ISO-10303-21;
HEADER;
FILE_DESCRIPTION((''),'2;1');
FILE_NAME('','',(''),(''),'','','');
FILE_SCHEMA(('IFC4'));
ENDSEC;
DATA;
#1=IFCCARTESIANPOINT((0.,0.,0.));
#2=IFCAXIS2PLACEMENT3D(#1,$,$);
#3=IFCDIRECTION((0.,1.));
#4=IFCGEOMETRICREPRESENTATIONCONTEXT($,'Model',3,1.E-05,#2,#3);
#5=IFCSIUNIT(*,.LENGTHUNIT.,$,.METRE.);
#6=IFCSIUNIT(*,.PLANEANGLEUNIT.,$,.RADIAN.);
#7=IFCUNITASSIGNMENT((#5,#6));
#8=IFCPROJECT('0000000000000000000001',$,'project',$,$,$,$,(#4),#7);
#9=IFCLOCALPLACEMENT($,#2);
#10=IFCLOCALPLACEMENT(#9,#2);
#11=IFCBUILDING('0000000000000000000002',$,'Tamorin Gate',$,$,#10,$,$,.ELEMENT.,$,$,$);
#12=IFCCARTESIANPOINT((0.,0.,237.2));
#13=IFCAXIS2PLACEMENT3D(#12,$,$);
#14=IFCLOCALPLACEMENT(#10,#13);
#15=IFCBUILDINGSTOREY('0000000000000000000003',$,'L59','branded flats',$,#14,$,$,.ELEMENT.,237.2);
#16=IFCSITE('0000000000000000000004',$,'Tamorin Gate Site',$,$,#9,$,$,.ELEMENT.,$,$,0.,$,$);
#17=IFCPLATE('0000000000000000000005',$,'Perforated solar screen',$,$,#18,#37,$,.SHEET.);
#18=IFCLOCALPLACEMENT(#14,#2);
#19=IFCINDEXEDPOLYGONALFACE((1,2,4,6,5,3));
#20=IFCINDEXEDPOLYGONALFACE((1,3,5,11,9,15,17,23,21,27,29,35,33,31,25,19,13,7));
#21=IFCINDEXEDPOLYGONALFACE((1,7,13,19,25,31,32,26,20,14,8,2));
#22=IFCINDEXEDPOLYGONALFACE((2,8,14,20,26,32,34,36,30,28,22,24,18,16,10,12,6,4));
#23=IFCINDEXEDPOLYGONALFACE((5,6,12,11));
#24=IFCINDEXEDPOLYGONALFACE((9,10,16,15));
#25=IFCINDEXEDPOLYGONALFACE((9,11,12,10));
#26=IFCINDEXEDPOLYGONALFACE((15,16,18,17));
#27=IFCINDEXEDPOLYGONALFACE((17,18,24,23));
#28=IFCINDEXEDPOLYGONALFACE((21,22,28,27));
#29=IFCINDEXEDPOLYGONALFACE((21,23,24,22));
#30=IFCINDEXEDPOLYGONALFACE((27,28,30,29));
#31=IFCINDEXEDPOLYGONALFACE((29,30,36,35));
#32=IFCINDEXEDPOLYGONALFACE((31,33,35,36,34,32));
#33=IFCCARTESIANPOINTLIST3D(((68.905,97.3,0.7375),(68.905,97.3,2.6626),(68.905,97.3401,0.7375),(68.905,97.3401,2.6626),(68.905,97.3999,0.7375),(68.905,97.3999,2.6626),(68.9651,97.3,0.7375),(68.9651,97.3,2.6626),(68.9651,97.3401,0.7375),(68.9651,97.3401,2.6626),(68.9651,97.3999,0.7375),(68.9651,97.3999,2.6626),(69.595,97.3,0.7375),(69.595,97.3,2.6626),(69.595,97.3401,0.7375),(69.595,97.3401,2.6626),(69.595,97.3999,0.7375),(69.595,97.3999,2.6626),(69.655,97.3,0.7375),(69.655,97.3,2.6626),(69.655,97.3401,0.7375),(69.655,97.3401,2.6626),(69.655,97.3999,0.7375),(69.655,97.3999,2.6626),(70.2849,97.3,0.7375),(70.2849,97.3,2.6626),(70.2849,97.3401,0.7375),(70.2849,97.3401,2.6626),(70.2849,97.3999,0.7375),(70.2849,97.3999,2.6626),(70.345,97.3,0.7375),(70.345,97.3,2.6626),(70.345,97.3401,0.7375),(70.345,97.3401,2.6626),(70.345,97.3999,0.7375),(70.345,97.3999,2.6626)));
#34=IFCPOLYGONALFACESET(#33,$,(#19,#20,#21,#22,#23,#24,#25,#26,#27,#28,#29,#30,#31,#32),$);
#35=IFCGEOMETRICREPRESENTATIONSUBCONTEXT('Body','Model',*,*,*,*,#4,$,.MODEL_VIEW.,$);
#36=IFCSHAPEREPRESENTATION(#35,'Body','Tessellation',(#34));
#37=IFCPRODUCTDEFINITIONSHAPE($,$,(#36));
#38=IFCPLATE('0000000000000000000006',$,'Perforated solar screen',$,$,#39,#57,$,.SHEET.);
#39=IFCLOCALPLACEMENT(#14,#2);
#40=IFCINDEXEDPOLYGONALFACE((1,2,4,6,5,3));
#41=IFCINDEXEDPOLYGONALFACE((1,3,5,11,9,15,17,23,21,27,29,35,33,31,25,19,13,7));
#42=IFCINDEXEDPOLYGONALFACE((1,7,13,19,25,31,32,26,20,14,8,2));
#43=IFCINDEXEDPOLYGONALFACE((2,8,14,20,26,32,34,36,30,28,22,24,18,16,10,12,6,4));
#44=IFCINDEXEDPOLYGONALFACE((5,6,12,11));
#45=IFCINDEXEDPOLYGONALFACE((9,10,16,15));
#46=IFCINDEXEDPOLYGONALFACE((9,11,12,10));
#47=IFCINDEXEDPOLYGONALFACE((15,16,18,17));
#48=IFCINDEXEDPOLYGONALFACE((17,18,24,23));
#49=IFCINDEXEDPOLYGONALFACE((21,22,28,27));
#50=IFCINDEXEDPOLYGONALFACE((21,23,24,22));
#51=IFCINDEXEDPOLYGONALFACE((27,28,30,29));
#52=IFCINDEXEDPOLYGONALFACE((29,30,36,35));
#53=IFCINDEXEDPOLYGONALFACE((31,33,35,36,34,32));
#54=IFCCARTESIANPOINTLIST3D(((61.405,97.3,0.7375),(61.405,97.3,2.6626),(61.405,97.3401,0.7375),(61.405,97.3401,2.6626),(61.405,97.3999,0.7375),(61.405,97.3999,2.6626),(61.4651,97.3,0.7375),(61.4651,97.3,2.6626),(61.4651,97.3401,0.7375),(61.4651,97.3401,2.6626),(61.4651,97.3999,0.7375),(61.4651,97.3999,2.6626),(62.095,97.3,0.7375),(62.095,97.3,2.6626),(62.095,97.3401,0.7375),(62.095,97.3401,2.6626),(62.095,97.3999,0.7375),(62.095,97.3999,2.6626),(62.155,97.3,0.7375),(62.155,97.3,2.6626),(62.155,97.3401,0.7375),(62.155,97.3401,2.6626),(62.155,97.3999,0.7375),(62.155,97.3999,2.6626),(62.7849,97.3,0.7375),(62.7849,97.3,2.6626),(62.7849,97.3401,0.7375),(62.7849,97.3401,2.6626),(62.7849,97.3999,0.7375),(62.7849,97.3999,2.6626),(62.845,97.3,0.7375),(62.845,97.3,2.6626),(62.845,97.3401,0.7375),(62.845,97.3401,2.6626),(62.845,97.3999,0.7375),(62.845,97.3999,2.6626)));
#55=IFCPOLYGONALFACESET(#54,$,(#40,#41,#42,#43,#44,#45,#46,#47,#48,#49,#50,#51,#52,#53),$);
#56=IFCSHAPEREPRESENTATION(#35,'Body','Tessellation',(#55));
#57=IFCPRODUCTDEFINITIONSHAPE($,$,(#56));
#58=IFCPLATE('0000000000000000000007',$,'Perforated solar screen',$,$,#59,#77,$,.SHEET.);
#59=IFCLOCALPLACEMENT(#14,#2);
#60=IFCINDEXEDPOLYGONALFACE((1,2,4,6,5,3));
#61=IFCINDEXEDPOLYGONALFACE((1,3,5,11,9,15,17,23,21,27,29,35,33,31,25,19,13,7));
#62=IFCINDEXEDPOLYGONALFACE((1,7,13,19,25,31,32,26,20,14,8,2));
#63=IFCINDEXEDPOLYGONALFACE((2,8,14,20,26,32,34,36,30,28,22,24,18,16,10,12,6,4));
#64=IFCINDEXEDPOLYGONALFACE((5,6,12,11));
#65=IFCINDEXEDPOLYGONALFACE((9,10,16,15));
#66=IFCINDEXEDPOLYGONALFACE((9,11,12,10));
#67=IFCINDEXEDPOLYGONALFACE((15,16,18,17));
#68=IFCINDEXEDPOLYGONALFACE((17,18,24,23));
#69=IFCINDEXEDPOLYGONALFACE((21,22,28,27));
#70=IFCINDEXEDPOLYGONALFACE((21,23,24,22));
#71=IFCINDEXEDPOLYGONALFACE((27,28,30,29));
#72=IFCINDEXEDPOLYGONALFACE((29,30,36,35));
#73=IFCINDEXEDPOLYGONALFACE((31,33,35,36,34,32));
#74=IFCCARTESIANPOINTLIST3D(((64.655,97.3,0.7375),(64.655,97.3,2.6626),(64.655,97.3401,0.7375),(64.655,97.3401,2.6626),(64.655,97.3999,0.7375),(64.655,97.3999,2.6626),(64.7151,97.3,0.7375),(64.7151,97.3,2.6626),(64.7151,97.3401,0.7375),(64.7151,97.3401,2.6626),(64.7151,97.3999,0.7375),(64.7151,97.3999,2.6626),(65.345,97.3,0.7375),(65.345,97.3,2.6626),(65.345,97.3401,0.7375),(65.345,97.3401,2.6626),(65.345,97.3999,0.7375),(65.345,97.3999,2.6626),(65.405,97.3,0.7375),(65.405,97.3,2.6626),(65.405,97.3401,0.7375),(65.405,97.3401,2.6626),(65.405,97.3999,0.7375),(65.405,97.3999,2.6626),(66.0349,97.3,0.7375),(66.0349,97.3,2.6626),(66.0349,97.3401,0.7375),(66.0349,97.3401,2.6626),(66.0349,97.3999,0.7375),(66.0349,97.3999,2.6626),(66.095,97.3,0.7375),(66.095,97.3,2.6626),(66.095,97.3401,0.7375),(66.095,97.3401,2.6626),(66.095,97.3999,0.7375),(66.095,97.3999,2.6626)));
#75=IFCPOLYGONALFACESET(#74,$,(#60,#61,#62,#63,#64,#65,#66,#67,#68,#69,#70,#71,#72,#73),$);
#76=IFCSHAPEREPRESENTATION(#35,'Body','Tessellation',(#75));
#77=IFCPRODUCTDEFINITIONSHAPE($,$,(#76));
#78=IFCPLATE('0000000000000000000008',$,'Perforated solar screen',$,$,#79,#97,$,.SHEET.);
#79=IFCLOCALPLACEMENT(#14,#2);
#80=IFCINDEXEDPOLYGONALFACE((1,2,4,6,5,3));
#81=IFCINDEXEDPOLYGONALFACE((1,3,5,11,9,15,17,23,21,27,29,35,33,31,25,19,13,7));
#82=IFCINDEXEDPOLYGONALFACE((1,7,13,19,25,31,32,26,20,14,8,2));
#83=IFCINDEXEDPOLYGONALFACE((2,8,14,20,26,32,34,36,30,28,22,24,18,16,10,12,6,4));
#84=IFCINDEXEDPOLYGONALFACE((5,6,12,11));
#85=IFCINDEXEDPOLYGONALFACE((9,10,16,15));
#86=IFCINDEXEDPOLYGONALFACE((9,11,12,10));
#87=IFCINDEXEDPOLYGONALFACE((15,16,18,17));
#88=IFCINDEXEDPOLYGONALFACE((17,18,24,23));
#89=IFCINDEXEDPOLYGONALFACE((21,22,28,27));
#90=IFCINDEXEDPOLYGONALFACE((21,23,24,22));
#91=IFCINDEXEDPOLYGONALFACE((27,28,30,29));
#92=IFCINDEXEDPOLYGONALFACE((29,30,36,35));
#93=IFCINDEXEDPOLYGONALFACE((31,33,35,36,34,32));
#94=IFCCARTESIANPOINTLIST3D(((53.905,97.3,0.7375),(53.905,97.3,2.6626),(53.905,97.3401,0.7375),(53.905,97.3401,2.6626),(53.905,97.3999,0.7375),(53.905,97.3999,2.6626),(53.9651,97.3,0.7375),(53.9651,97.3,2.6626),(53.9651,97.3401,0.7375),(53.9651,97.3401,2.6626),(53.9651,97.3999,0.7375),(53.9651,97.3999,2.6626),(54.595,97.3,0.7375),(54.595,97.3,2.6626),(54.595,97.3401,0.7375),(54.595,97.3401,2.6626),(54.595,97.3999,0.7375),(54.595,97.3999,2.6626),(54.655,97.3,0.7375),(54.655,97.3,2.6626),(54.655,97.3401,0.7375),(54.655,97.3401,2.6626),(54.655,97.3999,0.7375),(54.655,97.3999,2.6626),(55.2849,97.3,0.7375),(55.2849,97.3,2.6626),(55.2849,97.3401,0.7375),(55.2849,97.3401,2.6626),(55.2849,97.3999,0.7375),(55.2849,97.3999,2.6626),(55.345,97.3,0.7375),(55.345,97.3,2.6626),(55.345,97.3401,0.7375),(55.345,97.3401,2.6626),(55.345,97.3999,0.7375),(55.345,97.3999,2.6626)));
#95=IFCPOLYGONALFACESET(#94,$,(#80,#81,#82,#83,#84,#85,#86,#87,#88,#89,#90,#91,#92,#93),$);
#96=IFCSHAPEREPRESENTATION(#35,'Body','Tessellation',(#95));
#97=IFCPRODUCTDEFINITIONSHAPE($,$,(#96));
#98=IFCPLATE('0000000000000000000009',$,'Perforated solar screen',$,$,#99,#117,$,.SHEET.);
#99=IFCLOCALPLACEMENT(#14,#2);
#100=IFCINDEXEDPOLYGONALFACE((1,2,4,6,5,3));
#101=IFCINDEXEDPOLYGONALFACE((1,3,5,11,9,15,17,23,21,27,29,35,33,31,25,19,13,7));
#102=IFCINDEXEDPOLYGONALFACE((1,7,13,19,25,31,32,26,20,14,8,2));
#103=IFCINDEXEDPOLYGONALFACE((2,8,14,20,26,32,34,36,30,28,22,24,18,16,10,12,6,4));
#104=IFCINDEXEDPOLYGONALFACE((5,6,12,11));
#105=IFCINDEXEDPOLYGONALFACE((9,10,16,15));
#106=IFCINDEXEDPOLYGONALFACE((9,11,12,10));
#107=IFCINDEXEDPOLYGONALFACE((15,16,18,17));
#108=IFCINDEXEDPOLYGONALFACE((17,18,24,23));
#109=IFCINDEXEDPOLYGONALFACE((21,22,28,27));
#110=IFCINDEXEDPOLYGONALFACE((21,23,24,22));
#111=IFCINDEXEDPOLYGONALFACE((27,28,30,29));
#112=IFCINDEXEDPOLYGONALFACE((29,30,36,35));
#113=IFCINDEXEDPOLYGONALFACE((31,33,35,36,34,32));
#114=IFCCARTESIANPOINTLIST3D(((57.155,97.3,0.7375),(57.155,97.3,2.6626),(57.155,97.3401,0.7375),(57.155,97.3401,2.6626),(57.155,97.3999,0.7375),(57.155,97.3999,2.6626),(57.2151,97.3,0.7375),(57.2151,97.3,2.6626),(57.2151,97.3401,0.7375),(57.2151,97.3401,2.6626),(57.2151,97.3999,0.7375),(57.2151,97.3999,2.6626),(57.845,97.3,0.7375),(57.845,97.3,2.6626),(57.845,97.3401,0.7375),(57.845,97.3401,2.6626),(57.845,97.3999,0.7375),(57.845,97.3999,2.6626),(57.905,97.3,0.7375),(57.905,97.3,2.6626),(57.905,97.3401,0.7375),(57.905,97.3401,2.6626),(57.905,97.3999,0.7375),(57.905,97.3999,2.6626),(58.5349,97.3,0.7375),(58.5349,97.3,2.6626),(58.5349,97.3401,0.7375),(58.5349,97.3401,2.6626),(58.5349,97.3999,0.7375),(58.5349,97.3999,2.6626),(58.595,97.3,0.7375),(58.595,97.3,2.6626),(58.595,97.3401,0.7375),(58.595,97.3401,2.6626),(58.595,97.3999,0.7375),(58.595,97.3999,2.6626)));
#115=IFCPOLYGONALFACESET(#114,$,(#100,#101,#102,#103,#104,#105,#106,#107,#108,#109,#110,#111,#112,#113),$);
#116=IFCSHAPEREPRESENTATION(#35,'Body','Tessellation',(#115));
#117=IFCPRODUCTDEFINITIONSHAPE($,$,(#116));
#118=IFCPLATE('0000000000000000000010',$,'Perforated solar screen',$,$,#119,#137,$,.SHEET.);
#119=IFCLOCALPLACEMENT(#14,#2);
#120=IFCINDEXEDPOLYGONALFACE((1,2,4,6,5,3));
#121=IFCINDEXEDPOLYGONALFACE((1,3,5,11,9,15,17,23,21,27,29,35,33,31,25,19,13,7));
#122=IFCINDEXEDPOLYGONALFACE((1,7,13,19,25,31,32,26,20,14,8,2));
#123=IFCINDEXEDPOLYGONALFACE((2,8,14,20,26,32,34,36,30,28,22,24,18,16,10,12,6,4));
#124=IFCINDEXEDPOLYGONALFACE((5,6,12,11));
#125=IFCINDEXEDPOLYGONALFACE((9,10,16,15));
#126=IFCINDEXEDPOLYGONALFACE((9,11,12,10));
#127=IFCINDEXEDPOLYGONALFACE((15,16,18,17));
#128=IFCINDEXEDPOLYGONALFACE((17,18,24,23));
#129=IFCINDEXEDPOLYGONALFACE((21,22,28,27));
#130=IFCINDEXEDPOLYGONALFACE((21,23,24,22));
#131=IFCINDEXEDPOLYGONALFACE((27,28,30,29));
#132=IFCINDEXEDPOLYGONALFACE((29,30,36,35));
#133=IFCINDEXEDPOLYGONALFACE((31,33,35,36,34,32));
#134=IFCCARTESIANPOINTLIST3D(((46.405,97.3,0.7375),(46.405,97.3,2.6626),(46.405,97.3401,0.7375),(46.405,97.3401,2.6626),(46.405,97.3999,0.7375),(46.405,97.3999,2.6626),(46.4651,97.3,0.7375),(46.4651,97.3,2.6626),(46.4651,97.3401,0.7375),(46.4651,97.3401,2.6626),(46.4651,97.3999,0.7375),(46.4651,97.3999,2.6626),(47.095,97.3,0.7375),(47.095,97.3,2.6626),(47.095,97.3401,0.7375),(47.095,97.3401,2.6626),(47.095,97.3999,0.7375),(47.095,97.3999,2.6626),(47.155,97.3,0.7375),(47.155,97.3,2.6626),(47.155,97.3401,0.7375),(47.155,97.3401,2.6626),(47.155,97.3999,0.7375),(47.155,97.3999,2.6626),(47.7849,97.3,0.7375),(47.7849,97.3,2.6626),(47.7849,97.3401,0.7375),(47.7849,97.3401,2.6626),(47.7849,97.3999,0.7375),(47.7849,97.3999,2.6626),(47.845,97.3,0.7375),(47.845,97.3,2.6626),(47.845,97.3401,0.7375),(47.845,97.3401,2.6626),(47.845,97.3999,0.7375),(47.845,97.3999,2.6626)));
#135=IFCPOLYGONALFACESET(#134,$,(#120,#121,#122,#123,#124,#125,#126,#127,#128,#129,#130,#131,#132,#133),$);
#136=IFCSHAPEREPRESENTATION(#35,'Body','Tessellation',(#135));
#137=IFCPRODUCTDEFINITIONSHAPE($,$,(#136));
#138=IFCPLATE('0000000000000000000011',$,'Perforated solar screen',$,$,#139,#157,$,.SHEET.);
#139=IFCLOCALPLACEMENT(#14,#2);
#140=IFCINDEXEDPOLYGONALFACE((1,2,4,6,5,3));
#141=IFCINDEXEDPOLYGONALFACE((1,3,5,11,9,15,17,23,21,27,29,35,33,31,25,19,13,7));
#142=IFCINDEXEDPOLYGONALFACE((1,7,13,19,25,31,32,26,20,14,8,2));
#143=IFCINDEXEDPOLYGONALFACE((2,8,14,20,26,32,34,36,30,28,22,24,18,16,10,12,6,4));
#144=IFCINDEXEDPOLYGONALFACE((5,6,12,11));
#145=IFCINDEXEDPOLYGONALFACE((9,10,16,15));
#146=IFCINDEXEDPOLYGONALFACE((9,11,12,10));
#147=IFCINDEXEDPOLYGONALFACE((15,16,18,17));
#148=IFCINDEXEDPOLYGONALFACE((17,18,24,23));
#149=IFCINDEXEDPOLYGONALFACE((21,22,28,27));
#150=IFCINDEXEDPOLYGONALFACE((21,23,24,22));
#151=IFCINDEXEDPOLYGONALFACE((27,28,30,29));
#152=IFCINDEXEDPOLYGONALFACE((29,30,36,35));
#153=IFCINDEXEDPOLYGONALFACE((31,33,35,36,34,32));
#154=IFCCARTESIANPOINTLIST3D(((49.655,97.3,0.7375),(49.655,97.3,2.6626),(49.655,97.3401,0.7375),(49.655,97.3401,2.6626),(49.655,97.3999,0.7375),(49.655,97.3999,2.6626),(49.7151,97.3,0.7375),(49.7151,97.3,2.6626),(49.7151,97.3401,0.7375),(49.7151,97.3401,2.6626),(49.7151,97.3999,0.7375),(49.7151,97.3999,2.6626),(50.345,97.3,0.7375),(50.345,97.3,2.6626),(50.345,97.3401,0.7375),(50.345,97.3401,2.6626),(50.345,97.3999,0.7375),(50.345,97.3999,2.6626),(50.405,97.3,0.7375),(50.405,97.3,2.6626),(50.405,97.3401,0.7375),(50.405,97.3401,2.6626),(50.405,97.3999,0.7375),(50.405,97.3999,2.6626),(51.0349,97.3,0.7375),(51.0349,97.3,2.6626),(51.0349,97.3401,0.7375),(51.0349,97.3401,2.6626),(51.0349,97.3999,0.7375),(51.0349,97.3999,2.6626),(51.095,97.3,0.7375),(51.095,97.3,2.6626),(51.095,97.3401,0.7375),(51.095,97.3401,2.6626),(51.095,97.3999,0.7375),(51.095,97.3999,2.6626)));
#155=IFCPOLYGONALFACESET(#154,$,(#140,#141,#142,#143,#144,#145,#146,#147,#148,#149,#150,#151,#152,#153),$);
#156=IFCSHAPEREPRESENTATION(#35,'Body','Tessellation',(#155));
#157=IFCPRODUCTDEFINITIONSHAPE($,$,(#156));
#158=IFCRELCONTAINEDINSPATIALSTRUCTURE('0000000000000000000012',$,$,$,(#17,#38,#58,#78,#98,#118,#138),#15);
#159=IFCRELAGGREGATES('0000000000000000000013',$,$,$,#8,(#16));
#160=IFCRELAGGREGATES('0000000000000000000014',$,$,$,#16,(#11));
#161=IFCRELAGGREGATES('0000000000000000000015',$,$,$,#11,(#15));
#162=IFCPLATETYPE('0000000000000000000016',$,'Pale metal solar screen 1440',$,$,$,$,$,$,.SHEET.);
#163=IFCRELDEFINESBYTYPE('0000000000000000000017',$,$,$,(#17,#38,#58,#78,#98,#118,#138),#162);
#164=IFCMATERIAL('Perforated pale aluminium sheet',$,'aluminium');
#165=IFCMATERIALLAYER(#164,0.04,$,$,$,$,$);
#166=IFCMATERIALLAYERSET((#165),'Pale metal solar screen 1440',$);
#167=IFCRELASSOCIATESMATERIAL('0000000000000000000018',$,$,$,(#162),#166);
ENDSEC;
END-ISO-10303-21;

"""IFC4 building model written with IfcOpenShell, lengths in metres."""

from ifc_helpers import new_model, si_unit, direction, frame, origin, place, context, subcontext, project, spatial, polyline, outline, extrude, material, layer, layer_set, type_object, element, save


model = new_model("IFC4")

# Units and contexts
model_context = context("Model", 3, precision=1e-05, world=origin(), true_north=direction((0.0, 1.0)))
body_context = subcontext(model_context, "Body", "Model", "MODEL_VIEW")
ifc_project = project(units=[si_unit("LENGTHUNIT", "METRE"), si_unit("PLANEANGLEUNIT", "RADIAN")], contexts=[model_context])

# Site, building, storey
site_placement = place(None, origin())
site = spatial("IfcSite", under=ifc_project, at=site_placement, Name="Tamorin Gate Site", CompositionType="ELEMENT", RefElevation=0.0)
building_placement = place(site_placement, origin())
building = spatial("IfcBuilding", under=site, at=building_placement, Name="Tamorin Gate", CompositionType="ELEMENT")
storey_placement = place(building_placement, frame((0.0, 0.0, 237.2)))
storey = spatial("IfcBuildingStorey", under=building, at=storey_placement, Name="L59", Description="branded flats", CompositionType="ELEMENT", Elevation=237.2)

# Plates
ifc_material_1 = material(Name="Perforated pale aluminium sheet", Category="aluminium")
ifc_layer_1 = layer(ifc_material_1, 0.04)
ifc_layer_set_1 = layer_set([ifc_layer_1], Name="Pale metal solar screen 1440")
plate_type = type_object("IfcPlateType", Name="Pale metal solar screen 1440", PredefinedType="SHEET", material=ifc_layer_set_1)
plate_1_placement = place(storey_placement, frame((0.0, 0.0, 0.7375)))
element("IfcPlate", 1, at=plate_1_placement, inside=storey, type_object=plate_type, Name="Perforated solar screen", PredefinedType="SHEET", context=body_context, shape_type="SweptSolid", body=[
    extrude(outline(polyline([(70.345, 97.3401), (70.345, 97.3), (70.2849, 97.3), (69.655, 97.3), (69.595, 97.3), (68.9651, 97.3), (68.905, 97.3), (68.905, 97.3), (68.905, 97.3401), (68.905, 97.3401), (68.905, 97.3999), (68.9651, 97.3999), (68.9651, 97.3401), (69.595, 97.3401), (69.595, 97.3999), (69.655, 97.3999), (69.655, 97.3401), (70.2849, 97.3401), (70.2849, 97.3999), (70.345, 97.3999), (70.345, 97.3401)])), origin(), (0.0, 0.0, 1.0), 1.925),
])
plate_2_placement = place(storey_placement, frame((0.0, 0.0, 0.7375)))
element("IfcPlate", 2, at=plate_2_placement, inside=storey, type_object=plate_type, Name="Perforated solar screen", PredefinedType="SHEET", context=body_context, shape_type="SweptSolid", body=[
    extrude(outline(polyline([(62.845, 97.3401), (62.845, 97.3), (62.7849, 97.3), (62.155, 97.3), (62.095, 97.3), (61.4651, 97.3), (61.405, 97.3), (61.405, 97.3401), (61.405, 97.3999), (61.4651, 97.3999), (61.4651, 97.3401), (62.095, 97.3401), (62.095, 97.3999), (62.155, 97.3999), (62.155, 97.3401), (62.7849, 97.3401), (62.7849, 97.3999), (62.845, 97.3999), (62.845, 97.3401)])), origin(), (0.0, 0.0, 1.0), 1.925),
])
plate_3_placement = place(storey_placement, frame((0.0, 0.0, 0.7375)))
element("IfcPlate", 3, at=plate_3_placement, inside=storey, type_object=plate_type, Name="Perforated solar screen", PredefinedType="SHEET", context=body_context, shape_type="SweptSolid", body=[
    extrude(outline(polyline([(66.095, 97.3401), (66.095, 97.3), (66.0349, 97.3), (65.405, 97.3), (65.345, 97.3), (64.7151, 97.3), (64.655, 97.3), (64.655, 97.3401), (64.655, 97.3999), (64.7151, 97.3999), (64.7151, 97.3401), (65.345, 97.3401), (65.345, 97.3999), (65.405, 97.3999), (65.405, 97.3401), (66.0349, 97.3401), (66.0349, 97.3999), (66.095, 97.3999), (66.095, 97.3401)])), origin(), (0.0, 0.0, 1.0), 1.925),
])
plate_4_placement = place(storey_placement, frame((0.0, 0.0, 0.7375)))
element("IfcPlate", 4, at=plate_4_placement, inside=storey, type_object=plate_type, Name="Perforated solar screen", PredefinedType="SHEET", context=body_context, shape_type="SweptSolid", body=[
    extrude(outline(polyline([(55.345, 97.3401), (55.345, 97.3), (55.2849, 97.3), (54.655, 97.3), (54.595, 97.3), (53.9651, 97.3), (53.905, 97.3), (53.905, 97.3401), (53.905, 97.3999), (53.9651, 97.3999), (53.9651, 97.3401), (54.595, 97.3401), (54.595, 97.3999), (54.655, 97.3999), (54.655, 97.3401), (55.2849, 97.3401), (55.2849, 97.3999), (55.345, 97.3999), (55.345, 97.3401)])), origin(), (0.0, 0.0, 1.0), 1.925),
])
plate_5_placement = place(storey_placement, frame((0.0, 0.0, 0.7375)))
element("IfcPlate", 5, at=plate_5_placement, inside=storey, type_object=plate_type, Name="Perforated solar screen", PredefinedType="SHEET", context=body_context, shape_type="SweptSolid", body=[
    extrude(outline(polyline([(58.595, 97.3401), (58.595, 97.3), (58.5349, 97.3), (57.905, 97.3), (57.845, 97.3), (57.2151, 97.3), (57.155, 97.3), (57.155, 97.3401), (57.155, 97.3999), (57.2151, 97.3999), (57.2151, 97.3401), (57.845, 97.3401), (57.845, 97.3999), (57.905, 97.3999), (57.905, 97.3401), (58.5349, 97.3401), (58.5349, 97.3999), (58.595, 97.3999), (58.595, 97.3401)])), origin(), (0.0, 0.0, 1.0), 1.925),
])
plate_6_placement = place(storey_placement, frame((0.0, 0.0, 0.7375)))
element("IfcPlate", 6, at=plate_6_placement, inside=storey, type_object=plate_type, Name="Perforated solar screen", PredefinedType="SHEET", context=body_context, shape_type="SweptSolid", body=[
    extrude(outline(polyline([(47.845, 97.3401), (47.845, 97.3), (47.7849, 97.3), (47.155, 97.3), (47.095, 97.3), (46.4651, 97.3), (46.405, 97.3), (46.405, 97.3401), (46.405, 97.3999), (46.4651, 97.3999), (46.4651, 97.3401), (47.095, 97.3401), (47.095, 97.3999), (47.155, 97.3999), (47.155, 97.3401), (47.7849, 97.3401), (47.7849, 97.3999), (47.845, 97.3999), (47.845, 97.3401)])), origin(), (0.0, 0.0, 1.0), 1.925),
])
plate_7_placement = place(storey_placement, frame((0.0, 0.0, 0.7375)))
element("IfcPlate", 7, at=plate_7_placement, inside=storey, type_object=plate_type, Name="Perforated solar screen", PredefinedType="SHEET", context=body_context, shape_type="SweptSolid", body=[
    extrude(outline(polyline([(51.095, 97.3401), (51.095, 97.3), (51.0349, 97.3), (50.405, 97.3), (50.345, 97.3), (49.7151, 97.3), (49.655, 97.3), (49.655, 97.3401), (49.655, 97.3999), (49.7151, 97.3999), (49.7151, 97.3401), (50.345, 97.3401), (50.345, 97.3999), (50.405, 97.3999), (50.405, 97.3401), (51.0349, 97.3401), (51.0349, 97.3999), (51.095, 97.3999), (51.095, 97.3401)])), origin(), (0.0, 0.0, 1.0), 1.925),
])

save(model, "model.ifc")
